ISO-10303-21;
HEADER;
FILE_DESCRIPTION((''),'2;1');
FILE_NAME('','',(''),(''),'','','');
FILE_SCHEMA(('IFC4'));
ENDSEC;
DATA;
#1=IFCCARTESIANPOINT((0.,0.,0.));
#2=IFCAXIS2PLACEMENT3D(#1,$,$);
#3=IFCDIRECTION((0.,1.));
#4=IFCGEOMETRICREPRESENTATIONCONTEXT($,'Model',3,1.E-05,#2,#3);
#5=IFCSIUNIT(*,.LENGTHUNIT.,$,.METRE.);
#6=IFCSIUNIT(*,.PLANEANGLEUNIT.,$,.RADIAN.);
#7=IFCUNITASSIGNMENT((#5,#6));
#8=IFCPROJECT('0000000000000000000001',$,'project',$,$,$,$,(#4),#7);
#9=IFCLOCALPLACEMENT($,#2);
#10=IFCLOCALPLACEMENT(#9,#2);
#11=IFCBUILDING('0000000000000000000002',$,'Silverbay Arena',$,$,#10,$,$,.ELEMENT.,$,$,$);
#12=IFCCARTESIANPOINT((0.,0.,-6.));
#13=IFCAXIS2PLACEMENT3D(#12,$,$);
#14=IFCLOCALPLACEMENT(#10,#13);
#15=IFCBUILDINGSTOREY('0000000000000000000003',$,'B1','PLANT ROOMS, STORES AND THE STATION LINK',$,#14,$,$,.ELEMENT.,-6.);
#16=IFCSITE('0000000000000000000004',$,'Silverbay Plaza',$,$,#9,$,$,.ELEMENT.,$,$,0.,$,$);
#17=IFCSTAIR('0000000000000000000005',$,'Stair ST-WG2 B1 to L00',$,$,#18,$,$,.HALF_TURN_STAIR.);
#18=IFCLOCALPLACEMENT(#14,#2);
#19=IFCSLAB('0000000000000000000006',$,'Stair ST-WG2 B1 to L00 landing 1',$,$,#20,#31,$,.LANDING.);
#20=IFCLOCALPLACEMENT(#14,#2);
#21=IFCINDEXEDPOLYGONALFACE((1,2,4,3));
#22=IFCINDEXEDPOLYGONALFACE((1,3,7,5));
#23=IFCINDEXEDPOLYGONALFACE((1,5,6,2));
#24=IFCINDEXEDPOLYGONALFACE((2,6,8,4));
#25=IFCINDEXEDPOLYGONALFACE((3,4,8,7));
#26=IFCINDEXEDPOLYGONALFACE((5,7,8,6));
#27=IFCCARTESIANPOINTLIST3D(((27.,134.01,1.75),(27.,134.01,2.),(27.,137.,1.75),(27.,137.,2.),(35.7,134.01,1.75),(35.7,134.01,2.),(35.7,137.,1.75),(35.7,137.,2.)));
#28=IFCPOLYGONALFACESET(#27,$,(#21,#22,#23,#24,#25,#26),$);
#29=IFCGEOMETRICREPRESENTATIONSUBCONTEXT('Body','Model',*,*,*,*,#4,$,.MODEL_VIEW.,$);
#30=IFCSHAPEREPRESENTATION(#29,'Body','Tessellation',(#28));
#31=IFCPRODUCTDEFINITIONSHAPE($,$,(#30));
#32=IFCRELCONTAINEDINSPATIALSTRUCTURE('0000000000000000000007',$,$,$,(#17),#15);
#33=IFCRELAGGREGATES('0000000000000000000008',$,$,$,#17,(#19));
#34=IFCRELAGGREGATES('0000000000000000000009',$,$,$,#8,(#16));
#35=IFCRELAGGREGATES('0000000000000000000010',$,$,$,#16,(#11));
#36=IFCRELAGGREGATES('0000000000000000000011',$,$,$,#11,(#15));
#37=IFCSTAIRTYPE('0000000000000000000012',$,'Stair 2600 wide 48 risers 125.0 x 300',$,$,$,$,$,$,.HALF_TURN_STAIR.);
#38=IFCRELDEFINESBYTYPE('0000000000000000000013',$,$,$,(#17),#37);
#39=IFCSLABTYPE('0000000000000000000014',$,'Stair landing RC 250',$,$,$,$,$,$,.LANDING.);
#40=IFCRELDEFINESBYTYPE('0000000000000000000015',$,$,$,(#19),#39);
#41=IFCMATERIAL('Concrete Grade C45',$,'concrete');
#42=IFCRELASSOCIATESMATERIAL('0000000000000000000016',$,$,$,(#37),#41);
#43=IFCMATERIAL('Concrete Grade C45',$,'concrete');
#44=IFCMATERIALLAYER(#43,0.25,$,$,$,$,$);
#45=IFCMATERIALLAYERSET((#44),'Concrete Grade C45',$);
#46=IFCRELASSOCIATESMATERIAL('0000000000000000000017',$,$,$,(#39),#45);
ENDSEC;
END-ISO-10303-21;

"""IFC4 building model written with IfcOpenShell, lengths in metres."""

from ifc_helpers import new_model, si_unit, direction, frame, origin, place, context, subcontext, project, spatial, polyline, outline, extrude, material, layer, layer_set, type_object, element, aggregate, save


model = new_model("IFC4")

# Units and contexts
model_context = context("Model", 3, precision=1e-05, world=origin(), true_north=direction((0.0, 1.0)))
body_context = subcontext(model_context, "Body", "Model", "MODEL_VIEW")
ifc_project = project(units=[si_unit("LENGTHUNIT", "METRE"), si_unit("PLANEANGLEUNIT", "RADIAN")], contexts=[model_context])

# Site, building, storey
site_placement = place(None, origin())
site = spatial("IfcSite", under=ifc_project, at=site_placement, Name="Silverbay Plaza", CompositionType="ELEMENT", RefElevation=0.0)
building_placement = place(site_placement, origin())
building = spatial("IfcBuilding", under=site, at=building_placement, Name="Silverbay Arena", CompositionType="ELEMENT")
storey_placement = place(building_placement, frame((0.0, 0.0, -6.0)))
storey = spatial("IfcBuildingStorey", under=building, at=storey_placement, Name="B1", Description="PLANT ROOMS, STORES AND THE STATION LINK", CompositionType="ELEMENT", Elevation=-6.0)

# Stair, slab
ifc_material_1 = material(Name="Concrete Grade C45", Category="concrete")
stair_type_1 = type_object("IfcStairType", Name="Stair 2600 wide 48 risers 125.0 x 300", PredefinedType="HALF_TURN_STAIR", material=ifc_material_1)
ifc_material_2 = material(Name="Concrete Grade C45", Category="concrete")
ifc_layer_1 = layer(ifc_material_2, 0.25)
ifc_layer_set_1 = layer_set([ifc_layer_1], Name="Concrete Grade C45")
slab_type_1 = type_object("IfcSlabType", Name="Stair landing RC 250", PredefinedType="LANDING", material=ifc_layer_set_1)
stair_1_placement = place(storey_placement, origin())
stair_1 = element("IfcStair", 1, at=stair_1_placement, inside=storey, type_object=stair_type_1, Name="Stair ST-WG2 B1 to L00", PredefinedType="HALF_TURN_STAIR")
slab_1_placement = place(storey_placement, frame((0.0, 0.0, 1.75)))
slab_1 = element("IfcSlab", 2, at=slab_1_placement, type_object=slab_type_1, Name="Stair ST-WG2 B1 to L00 landing 1", PredefinedType="LANDING", context=body_context, shape_type="SweptSolid", body=[
    extrude(outline(polyline([(35.7, 134.01), (35.7, 137.0), (27.0, 137.0), (27.0, 134.01), (35.7, 134.01)])), origin(), (0.0, 0.0, 1.0), 0.25),
])
aggregate(stair_1, [slab_1])

save(model, "model.ifc")
